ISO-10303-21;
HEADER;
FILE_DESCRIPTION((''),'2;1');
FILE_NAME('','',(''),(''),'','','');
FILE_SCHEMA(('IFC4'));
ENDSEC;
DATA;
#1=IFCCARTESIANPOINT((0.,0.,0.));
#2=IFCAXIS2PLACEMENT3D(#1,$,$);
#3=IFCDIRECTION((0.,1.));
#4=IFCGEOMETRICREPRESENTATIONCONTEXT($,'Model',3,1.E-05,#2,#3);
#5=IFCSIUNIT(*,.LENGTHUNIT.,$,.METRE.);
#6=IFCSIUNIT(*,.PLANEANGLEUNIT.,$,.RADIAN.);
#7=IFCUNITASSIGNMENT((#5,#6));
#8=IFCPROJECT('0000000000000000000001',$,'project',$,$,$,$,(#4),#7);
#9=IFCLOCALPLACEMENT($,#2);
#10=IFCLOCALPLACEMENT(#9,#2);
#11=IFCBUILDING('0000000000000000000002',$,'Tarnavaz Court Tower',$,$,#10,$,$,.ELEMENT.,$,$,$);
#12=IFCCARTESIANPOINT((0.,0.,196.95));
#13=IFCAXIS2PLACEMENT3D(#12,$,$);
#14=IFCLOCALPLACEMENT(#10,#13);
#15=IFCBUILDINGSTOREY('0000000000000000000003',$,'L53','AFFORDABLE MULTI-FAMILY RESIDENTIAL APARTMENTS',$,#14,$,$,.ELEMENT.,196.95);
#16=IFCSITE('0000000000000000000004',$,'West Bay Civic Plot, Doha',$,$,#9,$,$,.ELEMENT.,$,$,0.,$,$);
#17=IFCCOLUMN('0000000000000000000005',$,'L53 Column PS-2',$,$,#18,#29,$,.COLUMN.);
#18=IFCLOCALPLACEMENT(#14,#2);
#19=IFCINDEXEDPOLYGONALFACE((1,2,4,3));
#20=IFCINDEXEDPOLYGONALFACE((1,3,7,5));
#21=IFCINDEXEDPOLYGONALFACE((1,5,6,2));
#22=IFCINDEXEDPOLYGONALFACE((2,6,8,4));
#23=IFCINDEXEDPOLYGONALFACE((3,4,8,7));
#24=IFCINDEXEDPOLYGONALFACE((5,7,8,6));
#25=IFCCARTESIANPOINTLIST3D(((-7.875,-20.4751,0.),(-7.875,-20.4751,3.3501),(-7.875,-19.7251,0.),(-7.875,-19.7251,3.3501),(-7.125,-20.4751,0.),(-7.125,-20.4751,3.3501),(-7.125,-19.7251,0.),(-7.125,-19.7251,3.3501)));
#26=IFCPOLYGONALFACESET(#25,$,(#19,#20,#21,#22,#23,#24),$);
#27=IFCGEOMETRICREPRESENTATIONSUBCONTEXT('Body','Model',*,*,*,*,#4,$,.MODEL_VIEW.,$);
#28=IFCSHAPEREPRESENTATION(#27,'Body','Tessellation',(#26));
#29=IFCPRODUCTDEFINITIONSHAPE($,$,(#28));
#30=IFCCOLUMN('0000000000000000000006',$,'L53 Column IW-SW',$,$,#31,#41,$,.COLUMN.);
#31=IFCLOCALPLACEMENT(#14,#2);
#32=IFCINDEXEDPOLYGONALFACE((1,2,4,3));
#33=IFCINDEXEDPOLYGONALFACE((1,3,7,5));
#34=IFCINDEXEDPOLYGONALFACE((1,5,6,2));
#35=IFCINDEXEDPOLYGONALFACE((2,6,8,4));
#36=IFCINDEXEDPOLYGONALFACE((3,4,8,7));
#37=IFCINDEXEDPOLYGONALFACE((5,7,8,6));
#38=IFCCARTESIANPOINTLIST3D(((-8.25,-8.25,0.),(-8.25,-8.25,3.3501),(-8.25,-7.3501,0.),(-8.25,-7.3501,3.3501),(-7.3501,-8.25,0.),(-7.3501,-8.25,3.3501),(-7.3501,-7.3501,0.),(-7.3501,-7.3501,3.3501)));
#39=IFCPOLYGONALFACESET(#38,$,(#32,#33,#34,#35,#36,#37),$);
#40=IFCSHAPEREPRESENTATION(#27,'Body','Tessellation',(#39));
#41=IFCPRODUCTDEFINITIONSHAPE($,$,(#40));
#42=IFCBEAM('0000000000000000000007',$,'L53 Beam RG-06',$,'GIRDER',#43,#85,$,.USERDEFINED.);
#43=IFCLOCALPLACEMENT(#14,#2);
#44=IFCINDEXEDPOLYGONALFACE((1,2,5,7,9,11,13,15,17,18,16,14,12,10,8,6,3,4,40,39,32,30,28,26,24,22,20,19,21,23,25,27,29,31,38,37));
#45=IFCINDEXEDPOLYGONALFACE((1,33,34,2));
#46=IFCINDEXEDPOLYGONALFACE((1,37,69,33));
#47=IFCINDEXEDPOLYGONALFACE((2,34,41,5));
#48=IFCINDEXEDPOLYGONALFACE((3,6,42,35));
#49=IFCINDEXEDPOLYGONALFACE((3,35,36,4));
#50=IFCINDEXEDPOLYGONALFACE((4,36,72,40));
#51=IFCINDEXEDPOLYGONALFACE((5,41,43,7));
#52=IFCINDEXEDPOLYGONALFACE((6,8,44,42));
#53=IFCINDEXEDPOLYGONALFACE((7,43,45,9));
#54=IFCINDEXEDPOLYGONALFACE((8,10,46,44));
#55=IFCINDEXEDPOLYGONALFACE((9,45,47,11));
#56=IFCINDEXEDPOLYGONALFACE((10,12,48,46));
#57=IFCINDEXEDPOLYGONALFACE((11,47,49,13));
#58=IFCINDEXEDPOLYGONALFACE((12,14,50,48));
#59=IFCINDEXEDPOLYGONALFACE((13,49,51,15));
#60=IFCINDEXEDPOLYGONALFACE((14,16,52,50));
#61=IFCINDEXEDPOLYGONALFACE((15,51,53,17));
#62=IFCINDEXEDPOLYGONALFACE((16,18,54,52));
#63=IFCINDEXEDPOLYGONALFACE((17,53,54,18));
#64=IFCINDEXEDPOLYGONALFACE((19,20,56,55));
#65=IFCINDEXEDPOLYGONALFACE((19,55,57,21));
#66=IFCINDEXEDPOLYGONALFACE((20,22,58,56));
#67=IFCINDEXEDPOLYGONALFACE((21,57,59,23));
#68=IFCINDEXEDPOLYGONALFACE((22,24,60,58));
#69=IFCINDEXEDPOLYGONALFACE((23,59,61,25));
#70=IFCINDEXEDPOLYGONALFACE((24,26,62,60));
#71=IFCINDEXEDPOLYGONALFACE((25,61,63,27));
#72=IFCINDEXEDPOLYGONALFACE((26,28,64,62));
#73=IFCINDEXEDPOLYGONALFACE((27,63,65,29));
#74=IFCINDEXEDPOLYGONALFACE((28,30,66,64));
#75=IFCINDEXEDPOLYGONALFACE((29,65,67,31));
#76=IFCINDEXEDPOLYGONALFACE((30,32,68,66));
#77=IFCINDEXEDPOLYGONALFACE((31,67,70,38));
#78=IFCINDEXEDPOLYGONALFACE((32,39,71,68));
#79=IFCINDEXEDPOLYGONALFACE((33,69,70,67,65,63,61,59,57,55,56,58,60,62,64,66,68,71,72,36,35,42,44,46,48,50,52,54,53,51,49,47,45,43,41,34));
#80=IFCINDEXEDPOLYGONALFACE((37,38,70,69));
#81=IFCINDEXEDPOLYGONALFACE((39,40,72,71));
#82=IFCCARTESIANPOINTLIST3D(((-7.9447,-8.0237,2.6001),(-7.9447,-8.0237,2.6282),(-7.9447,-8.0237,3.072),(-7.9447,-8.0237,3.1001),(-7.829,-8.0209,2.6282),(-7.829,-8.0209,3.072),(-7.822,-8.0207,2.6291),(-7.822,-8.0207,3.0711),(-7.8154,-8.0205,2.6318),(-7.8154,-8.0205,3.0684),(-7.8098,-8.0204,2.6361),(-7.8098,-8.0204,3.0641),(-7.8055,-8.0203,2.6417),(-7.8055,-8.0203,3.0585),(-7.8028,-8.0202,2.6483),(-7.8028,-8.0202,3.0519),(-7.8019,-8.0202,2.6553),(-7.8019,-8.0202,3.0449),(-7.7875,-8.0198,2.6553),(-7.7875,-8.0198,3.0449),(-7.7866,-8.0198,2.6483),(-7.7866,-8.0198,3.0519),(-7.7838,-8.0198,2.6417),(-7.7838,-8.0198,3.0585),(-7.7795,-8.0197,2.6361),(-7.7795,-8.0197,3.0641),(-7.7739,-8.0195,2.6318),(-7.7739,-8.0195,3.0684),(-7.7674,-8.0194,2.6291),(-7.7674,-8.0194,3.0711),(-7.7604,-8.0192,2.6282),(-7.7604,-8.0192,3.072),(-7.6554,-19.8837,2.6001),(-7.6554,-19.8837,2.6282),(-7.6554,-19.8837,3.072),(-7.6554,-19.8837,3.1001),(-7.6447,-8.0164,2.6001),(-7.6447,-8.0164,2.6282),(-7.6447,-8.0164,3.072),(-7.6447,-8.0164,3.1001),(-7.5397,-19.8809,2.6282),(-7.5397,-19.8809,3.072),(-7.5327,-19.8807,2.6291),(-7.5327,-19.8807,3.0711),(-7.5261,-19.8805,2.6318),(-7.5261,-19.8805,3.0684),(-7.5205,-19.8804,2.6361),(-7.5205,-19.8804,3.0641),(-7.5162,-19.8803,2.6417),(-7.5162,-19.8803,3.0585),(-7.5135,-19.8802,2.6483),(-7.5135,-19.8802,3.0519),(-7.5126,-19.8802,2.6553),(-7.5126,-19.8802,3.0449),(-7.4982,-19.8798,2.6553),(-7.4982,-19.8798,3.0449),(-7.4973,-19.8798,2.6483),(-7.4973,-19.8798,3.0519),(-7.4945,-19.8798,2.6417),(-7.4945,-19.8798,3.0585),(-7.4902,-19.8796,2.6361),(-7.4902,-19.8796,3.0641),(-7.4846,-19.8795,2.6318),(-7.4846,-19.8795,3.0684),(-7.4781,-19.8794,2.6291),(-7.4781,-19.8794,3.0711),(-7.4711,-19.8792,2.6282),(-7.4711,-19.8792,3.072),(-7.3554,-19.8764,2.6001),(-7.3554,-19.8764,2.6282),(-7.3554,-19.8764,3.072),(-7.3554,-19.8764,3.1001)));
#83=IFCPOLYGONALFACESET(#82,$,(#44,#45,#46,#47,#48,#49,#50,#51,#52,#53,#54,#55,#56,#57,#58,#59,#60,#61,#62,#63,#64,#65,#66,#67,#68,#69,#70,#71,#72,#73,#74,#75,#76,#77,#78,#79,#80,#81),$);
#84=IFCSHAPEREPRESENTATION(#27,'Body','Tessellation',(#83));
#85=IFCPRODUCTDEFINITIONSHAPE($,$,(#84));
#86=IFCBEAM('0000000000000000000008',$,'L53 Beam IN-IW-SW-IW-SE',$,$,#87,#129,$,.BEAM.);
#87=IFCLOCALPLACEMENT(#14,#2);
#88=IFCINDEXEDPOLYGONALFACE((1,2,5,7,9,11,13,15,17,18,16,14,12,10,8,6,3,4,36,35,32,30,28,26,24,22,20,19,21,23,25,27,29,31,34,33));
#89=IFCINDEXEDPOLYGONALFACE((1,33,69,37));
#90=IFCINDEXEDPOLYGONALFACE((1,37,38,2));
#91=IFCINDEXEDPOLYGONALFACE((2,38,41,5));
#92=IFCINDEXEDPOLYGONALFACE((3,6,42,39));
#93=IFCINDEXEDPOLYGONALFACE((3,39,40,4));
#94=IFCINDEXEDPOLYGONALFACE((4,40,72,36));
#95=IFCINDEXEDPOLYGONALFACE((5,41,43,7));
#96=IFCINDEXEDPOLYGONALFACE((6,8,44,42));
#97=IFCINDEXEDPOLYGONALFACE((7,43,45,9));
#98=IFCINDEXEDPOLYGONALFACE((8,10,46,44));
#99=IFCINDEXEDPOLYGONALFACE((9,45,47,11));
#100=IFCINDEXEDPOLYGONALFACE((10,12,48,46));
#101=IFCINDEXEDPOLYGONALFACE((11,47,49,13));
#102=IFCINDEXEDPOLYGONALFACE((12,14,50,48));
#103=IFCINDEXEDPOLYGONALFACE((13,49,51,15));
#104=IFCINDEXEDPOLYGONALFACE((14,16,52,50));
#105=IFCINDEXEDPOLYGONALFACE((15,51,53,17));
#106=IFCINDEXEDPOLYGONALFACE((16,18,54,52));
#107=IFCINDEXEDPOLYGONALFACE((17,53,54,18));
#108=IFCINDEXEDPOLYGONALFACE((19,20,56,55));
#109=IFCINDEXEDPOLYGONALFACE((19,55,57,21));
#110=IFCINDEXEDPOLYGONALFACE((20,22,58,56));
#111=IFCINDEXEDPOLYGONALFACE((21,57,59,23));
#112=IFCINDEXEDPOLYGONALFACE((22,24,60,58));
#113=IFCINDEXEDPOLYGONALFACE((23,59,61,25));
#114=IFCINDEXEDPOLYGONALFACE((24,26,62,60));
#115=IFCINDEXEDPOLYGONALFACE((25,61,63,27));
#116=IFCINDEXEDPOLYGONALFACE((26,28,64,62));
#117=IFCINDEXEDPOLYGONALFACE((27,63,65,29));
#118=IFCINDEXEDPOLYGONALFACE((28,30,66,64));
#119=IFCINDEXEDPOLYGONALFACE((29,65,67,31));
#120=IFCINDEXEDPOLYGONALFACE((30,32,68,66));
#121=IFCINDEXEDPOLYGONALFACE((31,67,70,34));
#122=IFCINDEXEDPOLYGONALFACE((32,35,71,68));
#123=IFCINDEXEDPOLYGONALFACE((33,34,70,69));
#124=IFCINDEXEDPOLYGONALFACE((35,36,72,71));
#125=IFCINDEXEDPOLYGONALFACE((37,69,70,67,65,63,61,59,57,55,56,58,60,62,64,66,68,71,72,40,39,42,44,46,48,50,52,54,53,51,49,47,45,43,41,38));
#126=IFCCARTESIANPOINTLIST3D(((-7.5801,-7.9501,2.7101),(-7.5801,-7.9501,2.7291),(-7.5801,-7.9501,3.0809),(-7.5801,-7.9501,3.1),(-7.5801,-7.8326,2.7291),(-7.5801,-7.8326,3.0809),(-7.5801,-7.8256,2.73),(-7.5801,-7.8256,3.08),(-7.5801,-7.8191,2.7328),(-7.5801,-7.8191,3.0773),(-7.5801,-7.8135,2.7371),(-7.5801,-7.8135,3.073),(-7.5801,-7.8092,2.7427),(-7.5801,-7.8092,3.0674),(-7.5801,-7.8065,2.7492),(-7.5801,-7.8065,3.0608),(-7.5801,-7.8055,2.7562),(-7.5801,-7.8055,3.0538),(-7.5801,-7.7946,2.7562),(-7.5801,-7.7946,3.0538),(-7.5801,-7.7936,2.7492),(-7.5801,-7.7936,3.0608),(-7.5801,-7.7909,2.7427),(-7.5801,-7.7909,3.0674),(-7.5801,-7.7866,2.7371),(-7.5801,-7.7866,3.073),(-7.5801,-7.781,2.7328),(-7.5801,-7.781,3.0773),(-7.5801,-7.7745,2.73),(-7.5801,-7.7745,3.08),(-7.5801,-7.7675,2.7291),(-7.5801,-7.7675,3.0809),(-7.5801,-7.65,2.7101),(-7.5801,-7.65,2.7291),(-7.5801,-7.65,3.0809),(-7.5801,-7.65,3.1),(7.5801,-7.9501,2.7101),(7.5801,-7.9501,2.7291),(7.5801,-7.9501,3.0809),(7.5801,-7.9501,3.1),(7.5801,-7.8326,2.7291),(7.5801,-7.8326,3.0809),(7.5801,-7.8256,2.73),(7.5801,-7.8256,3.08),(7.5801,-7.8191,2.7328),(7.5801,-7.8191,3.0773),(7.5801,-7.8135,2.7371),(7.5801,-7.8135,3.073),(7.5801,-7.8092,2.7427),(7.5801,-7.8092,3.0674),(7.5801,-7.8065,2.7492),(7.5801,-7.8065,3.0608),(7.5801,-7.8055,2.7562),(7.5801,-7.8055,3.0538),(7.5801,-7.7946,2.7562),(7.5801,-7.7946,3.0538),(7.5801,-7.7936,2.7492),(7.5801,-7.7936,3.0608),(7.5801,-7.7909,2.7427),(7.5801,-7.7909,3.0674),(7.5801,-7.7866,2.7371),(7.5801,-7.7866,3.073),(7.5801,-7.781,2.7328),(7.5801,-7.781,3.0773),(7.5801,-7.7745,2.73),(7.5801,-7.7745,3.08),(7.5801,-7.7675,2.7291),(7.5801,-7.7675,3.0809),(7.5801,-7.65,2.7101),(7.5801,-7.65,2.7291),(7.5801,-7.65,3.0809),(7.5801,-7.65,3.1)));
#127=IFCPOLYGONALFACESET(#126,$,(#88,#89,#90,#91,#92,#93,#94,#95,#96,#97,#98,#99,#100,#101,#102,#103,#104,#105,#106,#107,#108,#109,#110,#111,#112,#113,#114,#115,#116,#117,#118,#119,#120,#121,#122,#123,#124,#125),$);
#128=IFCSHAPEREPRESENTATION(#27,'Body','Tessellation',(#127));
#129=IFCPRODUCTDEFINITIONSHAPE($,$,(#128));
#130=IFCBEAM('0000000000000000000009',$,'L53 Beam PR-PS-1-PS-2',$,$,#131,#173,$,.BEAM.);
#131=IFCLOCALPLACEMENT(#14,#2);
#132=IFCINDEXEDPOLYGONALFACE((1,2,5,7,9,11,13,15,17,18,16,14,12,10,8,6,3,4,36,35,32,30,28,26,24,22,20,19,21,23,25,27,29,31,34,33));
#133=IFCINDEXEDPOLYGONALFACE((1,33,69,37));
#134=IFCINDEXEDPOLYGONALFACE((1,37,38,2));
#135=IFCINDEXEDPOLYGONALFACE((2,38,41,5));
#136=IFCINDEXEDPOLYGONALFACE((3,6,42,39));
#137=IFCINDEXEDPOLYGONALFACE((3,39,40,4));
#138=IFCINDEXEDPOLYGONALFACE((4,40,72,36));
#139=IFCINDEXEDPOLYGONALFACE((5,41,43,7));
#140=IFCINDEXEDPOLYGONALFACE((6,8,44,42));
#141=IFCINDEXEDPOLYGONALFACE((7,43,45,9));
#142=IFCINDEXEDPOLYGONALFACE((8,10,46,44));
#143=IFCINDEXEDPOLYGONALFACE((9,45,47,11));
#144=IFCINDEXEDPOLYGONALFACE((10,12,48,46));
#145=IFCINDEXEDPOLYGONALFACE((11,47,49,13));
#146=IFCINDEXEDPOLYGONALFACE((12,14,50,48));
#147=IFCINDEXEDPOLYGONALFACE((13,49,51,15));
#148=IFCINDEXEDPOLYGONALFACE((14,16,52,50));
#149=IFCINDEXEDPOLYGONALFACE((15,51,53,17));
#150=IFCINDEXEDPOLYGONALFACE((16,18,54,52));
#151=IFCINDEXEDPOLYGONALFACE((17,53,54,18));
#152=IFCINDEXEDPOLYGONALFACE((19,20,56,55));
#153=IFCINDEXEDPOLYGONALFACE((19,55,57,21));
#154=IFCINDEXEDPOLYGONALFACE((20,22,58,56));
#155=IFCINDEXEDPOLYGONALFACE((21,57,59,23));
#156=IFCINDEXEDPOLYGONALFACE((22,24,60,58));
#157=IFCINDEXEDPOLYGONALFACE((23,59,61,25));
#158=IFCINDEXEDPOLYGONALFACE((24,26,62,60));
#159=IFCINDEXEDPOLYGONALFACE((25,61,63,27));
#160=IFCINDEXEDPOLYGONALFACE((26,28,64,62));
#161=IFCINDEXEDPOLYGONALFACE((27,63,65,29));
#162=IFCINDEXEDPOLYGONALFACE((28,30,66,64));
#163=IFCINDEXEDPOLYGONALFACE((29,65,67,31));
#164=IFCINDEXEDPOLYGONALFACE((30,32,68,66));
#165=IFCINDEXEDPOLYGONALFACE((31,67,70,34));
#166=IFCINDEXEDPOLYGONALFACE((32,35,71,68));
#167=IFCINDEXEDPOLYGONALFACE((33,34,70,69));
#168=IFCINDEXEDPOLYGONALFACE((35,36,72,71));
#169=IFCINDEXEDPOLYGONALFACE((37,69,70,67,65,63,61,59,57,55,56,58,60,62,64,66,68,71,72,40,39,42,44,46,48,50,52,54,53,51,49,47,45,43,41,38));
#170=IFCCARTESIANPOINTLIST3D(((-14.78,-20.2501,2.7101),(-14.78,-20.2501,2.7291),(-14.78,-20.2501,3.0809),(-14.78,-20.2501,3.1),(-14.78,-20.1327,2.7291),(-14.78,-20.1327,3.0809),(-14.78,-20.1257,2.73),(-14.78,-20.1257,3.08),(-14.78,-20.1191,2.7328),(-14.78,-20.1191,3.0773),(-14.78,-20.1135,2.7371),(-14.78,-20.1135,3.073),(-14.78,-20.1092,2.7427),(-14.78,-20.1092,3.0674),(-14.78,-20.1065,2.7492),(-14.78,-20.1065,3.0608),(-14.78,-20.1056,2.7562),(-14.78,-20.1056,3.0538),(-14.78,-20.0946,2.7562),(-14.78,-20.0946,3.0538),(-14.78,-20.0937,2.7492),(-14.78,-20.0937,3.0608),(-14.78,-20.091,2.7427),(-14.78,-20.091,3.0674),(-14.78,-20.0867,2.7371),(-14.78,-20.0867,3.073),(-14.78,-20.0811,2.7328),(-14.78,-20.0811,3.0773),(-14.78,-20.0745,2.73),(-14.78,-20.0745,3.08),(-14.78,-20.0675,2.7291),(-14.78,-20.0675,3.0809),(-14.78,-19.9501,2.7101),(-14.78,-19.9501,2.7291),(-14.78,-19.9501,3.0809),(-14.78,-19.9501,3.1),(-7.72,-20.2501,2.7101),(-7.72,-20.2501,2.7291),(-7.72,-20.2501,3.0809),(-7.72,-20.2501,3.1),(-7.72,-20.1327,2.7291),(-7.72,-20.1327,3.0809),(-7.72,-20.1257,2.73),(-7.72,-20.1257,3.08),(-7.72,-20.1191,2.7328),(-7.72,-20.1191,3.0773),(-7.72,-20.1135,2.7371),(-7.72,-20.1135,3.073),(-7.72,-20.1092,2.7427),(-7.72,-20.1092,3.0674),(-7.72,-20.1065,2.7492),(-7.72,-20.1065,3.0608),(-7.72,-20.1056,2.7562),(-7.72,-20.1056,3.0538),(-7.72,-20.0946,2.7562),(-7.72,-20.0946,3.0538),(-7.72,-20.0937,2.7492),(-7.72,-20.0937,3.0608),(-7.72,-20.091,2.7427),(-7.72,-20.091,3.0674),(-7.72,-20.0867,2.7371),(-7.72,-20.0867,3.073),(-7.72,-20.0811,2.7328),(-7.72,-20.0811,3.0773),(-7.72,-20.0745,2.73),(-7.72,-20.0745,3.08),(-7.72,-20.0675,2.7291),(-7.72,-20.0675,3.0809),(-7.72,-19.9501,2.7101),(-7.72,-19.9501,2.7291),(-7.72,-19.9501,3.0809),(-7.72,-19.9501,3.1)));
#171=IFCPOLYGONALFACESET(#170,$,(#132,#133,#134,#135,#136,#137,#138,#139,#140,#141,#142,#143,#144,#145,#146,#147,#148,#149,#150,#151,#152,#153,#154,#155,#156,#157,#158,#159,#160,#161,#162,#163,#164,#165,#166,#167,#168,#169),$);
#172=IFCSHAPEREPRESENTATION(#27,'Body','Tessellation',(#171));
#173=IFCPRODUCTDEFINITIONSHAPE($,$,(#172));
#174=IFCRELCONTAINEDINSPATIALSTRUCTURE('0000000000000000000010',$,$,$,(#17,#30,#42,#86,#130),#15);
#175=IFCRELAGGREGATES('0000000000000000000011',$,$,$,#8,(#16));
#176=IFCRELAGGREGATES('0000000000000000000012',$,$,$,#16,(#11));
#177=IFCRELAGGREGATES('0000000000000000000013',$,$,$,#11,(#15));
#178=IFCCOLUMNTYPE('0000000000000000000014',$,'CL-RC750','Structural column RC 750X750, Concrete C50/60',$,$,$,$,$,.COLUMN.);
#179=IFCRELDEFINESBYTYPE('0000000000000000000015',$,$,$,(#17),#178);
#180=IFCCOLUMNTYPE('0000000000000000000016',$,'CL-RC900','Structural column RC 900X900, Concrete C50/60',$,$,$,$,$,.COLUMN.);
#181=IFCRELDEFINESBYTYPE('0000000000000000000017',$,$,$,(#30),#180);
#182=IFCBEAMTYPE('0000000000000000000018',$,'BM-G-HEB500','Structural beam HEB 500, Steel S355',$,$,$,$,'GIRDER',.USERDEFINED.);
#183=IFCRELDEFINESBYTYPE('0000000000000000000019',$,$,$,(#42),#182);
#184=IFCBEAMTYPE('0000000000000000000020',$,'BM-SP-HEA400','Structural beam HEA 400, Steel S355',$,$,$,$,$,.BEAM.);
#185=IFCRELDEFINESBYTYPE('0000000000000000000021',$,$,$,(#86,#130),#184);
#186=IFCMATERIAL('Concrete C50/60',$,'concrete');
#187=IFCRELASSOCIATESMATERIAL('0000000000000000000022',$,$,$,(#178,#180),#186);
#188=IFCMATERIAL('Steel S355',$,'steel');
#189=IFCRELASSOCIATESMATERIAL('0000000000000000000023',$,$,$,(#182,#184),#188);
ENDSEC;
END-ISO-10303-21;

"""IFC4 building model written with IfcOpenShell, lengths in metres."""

from ifc_helpers import new_model, si_unit, direction, frame, origin, origin_2d, place, context, subcontext, project, spatial, rectangle, i_section, extrude, material, material_profile, profile_set, type_object, element, save


model = new_model("IFC4")

# Units and contexts
model_context = context("Model", 3, precision=1e-05, world=origin(), true_north=direction((0.0, 1.0)))
body_context = subcontext(model_context, "Body", "Model", "MODEL_VIEW")
ifc_project = project(units=[si_unit("LENGTHUNIT", "METRE"), si_unit("PLANEANGLEUNIT", "RADIAN")], contexts=[model_context])

# Site, building, storey
site_placement = place(None, origin())
site = spatial("IfcSite", under=ifc_project, at=site_placement, Name="West Bay Civic Plot, Doha", CompositionType="ELEMENT", RefElevation=0.0)
building_placement = place(site_placement, origin())
building = spatial("IfcBuilding", under=site, at=building_placement, Name="Tarnavaz Court Tower", CompositionType="ELEMENT")
storey_placement = place(building_placement, frame((0.0, 0.0, 196.95)))
storey = spatial("IfcBuildingStorey", under=building, at=storey_placement, Name="L53", Description="AFFORDABLE MULTI-FAMILY RESIDENTIAL APARTMENTS", CompositionType="ELEMENT", Elevation=196.95)

# Columns
ifc_material_1 = material(Name="Concrete C50/60", Category="concrete")
ifc_material_profile_1 = material_profile(ifc_material_1, rectangle(XDim=0.75, YDim=0.75, at=origin_2d()), Name="RC 750X750")
ifc_profile_set_1 = profile_set([ifc_material_profile_1], Name="Concrete C50/60")
column_type_1 = type_object("IfcColumnType", Name="CL-RC750", Description="Structural column RC 750X750, Concrete C50/60", PredefinedType="COLUMN", material=ifc_profile_set_1)
column_1_placement = place(storey_placement, frame((-7.5, -20.1001, 0.0), z_axis=(0.0, 0.0, 1.0), x_axis=(1.0, 0.0, 0.0)))
element("IfcColumn", 1, at=column_1_placement, inside=storey, type_object=column_type_1, Name="L53 Column PS-2", PredefinedType="COLUMN", context=body_context, shape_type="SweptSolid", body=[
    extrude(rectangle(XDim=0.75, YDim=0.75, at=origin_2d()), origin(), (0.0, 0.0, 1.0), 3.3501),
])
ifc_material_profile_2 = material_profile(ifc_material_1, rectangle(XDim=0.8999, YDim=0.8999, at=origin_2d()), Name="RC 900X900")
ifc_profile_set_2 = profile_set([ifc_material_profile_2], Name="Concrete C50/60")
column_type_2 = type_object("IfcColumnType", Name="CL-RC900", Description="Structural column RC 900X900, Concrete C50/60", PredefinedType="COLUMN", material=ifc_profile_set_2)
column_2_placement = place(storey_placement, frame((-7.8, -7.8, 0.0), z_axis=(0.0, 0.0, 1.0), x_axis=(1.0, 0.0, 0.0)))
element("IfcColumn", 2, at=column_2_placement, inside=storey, type_object=column_type_2, Name="L53 Column IW-SW", PredefinedType="COLUMN", context=body_context, shape_type="SweptSolid", body=[
    extrude(rectangle(XDim=0.8999, YDim=0.8999, at=origin_2d()), origin(), (0.0, 0.0, 1.0), 3.3501),
])

# Beams
ifc_material_2 = material(Name="Steel S355", Category="steel")
ifc_material_profile_3 = material_profile(ifc_material_2, i_section(OverallWidth=0.3, OverallDepth=0.5, WebThickness=0.0144, FlangeThickness=0.0281, FilletRadius=0.0271, at=origin_2d()), Name="HEB 500")
ifc_profile_set_3 = profile_set([ifc_material_profile_3], Name="Steel S355")
beam_type_1 = type_object("IfcBeamType", Name="BM-G-HEB500", Description="Structural beam HEB 500, Steel S355", ElementType="GIRDER", PredefinedType="USERDEFINED", material=ifc_profile_set_3)
beam_1_placement = place(storey_placement, frame((-7.7947, -8.02, 2.8501), z_axis=(0.024386, -0.999703, 0.0), x_axis=(0.999703, 0.024386, 0.0)))
element("IfcBeam", 3, at=beam_1_placement, inside=storey, type_object=beam_type_1, Name="L53 Beam RG-06", ObjectType="GIRDER", PredefinedType="USERDEFINED", context=body_context, shape_type="SweptSolid", body=[
    extrude(i_section(OverallWidth=0.3, OverallDepth=0.5, WebThickness=0.0144, FlangeThickness=0.0281, FilletRadius=0.0271, at=origin_2d()), origin(), (0.0, 0.0, 1.0), 11.8635),
])
ifc_material_profile_4 = material_profile(ifc_material_2, i_section(OverallWidth=0.3, OverallDepth=0.3899, WebThickness=0.011, FlangeThickness=0.019, FilletRadius=0.0271, at=origin_2d()), Name="HEA 400")
ifc_profile_set_4 = profile_set([ifc_material_profile_4], Name="Steel S355")
beam_type_2 = type_object("IfcBeamType", Name="BM-SP-HEA400", Description="Structural beam HEA 400, Steel S355", PredefinedType="BEAM", material=ifc_profile_set_4)
beam_2_placement = place(storey_placement, frame((-7.5801, -7.8, 2.905), z_axis=(1.0, 0.0, 0.0), x_axis=(0.0, 1.0, 0.0)))
element("IfcBeam", 4, at=beam_2_placement, inside=storey, type_object=beam_type_2, Name="L53 Beam IN-IW-SW-IW-SE", PredefinedType="BEAM", context=body_context, shape_type="SweptSolid", body=[
    extrude(i_section(OverallWidth=0.3, OverallDepth=0.3899, WebThickness=0.011, FlangeThickness=0.019, FilletRadius=0.0271, at=origin_2d()), origin(), (0.0, 0.0, 1.0), 15.1602),
])
beam_3_placement = place(storey_placement, frame((-14.78, -20.1001, 2.905), z_axis=(1.0, 0.0, 0.0), x_axis=(0.0, 1.0, 0.0)))
element("IfcBeam", 5, at=beam_3_placement, inside=storey, type_object=beam_type_2, Name="L53 Beam PR-PS-1-PS-2", PredefinedType="BEAM", context=body_context, shape_type="SweptSolid", body=[
    extrude(i_section(OverallWidth=0.3, OverallDepth=0.3899, WebThickness=0.011, FlangeThickness=0.019, FilletRadius=0.0271, at=origin_2d()), origin(), (0.0, 0.0, 1.0), 7.0601),
])

save(model, "model.ifc")
